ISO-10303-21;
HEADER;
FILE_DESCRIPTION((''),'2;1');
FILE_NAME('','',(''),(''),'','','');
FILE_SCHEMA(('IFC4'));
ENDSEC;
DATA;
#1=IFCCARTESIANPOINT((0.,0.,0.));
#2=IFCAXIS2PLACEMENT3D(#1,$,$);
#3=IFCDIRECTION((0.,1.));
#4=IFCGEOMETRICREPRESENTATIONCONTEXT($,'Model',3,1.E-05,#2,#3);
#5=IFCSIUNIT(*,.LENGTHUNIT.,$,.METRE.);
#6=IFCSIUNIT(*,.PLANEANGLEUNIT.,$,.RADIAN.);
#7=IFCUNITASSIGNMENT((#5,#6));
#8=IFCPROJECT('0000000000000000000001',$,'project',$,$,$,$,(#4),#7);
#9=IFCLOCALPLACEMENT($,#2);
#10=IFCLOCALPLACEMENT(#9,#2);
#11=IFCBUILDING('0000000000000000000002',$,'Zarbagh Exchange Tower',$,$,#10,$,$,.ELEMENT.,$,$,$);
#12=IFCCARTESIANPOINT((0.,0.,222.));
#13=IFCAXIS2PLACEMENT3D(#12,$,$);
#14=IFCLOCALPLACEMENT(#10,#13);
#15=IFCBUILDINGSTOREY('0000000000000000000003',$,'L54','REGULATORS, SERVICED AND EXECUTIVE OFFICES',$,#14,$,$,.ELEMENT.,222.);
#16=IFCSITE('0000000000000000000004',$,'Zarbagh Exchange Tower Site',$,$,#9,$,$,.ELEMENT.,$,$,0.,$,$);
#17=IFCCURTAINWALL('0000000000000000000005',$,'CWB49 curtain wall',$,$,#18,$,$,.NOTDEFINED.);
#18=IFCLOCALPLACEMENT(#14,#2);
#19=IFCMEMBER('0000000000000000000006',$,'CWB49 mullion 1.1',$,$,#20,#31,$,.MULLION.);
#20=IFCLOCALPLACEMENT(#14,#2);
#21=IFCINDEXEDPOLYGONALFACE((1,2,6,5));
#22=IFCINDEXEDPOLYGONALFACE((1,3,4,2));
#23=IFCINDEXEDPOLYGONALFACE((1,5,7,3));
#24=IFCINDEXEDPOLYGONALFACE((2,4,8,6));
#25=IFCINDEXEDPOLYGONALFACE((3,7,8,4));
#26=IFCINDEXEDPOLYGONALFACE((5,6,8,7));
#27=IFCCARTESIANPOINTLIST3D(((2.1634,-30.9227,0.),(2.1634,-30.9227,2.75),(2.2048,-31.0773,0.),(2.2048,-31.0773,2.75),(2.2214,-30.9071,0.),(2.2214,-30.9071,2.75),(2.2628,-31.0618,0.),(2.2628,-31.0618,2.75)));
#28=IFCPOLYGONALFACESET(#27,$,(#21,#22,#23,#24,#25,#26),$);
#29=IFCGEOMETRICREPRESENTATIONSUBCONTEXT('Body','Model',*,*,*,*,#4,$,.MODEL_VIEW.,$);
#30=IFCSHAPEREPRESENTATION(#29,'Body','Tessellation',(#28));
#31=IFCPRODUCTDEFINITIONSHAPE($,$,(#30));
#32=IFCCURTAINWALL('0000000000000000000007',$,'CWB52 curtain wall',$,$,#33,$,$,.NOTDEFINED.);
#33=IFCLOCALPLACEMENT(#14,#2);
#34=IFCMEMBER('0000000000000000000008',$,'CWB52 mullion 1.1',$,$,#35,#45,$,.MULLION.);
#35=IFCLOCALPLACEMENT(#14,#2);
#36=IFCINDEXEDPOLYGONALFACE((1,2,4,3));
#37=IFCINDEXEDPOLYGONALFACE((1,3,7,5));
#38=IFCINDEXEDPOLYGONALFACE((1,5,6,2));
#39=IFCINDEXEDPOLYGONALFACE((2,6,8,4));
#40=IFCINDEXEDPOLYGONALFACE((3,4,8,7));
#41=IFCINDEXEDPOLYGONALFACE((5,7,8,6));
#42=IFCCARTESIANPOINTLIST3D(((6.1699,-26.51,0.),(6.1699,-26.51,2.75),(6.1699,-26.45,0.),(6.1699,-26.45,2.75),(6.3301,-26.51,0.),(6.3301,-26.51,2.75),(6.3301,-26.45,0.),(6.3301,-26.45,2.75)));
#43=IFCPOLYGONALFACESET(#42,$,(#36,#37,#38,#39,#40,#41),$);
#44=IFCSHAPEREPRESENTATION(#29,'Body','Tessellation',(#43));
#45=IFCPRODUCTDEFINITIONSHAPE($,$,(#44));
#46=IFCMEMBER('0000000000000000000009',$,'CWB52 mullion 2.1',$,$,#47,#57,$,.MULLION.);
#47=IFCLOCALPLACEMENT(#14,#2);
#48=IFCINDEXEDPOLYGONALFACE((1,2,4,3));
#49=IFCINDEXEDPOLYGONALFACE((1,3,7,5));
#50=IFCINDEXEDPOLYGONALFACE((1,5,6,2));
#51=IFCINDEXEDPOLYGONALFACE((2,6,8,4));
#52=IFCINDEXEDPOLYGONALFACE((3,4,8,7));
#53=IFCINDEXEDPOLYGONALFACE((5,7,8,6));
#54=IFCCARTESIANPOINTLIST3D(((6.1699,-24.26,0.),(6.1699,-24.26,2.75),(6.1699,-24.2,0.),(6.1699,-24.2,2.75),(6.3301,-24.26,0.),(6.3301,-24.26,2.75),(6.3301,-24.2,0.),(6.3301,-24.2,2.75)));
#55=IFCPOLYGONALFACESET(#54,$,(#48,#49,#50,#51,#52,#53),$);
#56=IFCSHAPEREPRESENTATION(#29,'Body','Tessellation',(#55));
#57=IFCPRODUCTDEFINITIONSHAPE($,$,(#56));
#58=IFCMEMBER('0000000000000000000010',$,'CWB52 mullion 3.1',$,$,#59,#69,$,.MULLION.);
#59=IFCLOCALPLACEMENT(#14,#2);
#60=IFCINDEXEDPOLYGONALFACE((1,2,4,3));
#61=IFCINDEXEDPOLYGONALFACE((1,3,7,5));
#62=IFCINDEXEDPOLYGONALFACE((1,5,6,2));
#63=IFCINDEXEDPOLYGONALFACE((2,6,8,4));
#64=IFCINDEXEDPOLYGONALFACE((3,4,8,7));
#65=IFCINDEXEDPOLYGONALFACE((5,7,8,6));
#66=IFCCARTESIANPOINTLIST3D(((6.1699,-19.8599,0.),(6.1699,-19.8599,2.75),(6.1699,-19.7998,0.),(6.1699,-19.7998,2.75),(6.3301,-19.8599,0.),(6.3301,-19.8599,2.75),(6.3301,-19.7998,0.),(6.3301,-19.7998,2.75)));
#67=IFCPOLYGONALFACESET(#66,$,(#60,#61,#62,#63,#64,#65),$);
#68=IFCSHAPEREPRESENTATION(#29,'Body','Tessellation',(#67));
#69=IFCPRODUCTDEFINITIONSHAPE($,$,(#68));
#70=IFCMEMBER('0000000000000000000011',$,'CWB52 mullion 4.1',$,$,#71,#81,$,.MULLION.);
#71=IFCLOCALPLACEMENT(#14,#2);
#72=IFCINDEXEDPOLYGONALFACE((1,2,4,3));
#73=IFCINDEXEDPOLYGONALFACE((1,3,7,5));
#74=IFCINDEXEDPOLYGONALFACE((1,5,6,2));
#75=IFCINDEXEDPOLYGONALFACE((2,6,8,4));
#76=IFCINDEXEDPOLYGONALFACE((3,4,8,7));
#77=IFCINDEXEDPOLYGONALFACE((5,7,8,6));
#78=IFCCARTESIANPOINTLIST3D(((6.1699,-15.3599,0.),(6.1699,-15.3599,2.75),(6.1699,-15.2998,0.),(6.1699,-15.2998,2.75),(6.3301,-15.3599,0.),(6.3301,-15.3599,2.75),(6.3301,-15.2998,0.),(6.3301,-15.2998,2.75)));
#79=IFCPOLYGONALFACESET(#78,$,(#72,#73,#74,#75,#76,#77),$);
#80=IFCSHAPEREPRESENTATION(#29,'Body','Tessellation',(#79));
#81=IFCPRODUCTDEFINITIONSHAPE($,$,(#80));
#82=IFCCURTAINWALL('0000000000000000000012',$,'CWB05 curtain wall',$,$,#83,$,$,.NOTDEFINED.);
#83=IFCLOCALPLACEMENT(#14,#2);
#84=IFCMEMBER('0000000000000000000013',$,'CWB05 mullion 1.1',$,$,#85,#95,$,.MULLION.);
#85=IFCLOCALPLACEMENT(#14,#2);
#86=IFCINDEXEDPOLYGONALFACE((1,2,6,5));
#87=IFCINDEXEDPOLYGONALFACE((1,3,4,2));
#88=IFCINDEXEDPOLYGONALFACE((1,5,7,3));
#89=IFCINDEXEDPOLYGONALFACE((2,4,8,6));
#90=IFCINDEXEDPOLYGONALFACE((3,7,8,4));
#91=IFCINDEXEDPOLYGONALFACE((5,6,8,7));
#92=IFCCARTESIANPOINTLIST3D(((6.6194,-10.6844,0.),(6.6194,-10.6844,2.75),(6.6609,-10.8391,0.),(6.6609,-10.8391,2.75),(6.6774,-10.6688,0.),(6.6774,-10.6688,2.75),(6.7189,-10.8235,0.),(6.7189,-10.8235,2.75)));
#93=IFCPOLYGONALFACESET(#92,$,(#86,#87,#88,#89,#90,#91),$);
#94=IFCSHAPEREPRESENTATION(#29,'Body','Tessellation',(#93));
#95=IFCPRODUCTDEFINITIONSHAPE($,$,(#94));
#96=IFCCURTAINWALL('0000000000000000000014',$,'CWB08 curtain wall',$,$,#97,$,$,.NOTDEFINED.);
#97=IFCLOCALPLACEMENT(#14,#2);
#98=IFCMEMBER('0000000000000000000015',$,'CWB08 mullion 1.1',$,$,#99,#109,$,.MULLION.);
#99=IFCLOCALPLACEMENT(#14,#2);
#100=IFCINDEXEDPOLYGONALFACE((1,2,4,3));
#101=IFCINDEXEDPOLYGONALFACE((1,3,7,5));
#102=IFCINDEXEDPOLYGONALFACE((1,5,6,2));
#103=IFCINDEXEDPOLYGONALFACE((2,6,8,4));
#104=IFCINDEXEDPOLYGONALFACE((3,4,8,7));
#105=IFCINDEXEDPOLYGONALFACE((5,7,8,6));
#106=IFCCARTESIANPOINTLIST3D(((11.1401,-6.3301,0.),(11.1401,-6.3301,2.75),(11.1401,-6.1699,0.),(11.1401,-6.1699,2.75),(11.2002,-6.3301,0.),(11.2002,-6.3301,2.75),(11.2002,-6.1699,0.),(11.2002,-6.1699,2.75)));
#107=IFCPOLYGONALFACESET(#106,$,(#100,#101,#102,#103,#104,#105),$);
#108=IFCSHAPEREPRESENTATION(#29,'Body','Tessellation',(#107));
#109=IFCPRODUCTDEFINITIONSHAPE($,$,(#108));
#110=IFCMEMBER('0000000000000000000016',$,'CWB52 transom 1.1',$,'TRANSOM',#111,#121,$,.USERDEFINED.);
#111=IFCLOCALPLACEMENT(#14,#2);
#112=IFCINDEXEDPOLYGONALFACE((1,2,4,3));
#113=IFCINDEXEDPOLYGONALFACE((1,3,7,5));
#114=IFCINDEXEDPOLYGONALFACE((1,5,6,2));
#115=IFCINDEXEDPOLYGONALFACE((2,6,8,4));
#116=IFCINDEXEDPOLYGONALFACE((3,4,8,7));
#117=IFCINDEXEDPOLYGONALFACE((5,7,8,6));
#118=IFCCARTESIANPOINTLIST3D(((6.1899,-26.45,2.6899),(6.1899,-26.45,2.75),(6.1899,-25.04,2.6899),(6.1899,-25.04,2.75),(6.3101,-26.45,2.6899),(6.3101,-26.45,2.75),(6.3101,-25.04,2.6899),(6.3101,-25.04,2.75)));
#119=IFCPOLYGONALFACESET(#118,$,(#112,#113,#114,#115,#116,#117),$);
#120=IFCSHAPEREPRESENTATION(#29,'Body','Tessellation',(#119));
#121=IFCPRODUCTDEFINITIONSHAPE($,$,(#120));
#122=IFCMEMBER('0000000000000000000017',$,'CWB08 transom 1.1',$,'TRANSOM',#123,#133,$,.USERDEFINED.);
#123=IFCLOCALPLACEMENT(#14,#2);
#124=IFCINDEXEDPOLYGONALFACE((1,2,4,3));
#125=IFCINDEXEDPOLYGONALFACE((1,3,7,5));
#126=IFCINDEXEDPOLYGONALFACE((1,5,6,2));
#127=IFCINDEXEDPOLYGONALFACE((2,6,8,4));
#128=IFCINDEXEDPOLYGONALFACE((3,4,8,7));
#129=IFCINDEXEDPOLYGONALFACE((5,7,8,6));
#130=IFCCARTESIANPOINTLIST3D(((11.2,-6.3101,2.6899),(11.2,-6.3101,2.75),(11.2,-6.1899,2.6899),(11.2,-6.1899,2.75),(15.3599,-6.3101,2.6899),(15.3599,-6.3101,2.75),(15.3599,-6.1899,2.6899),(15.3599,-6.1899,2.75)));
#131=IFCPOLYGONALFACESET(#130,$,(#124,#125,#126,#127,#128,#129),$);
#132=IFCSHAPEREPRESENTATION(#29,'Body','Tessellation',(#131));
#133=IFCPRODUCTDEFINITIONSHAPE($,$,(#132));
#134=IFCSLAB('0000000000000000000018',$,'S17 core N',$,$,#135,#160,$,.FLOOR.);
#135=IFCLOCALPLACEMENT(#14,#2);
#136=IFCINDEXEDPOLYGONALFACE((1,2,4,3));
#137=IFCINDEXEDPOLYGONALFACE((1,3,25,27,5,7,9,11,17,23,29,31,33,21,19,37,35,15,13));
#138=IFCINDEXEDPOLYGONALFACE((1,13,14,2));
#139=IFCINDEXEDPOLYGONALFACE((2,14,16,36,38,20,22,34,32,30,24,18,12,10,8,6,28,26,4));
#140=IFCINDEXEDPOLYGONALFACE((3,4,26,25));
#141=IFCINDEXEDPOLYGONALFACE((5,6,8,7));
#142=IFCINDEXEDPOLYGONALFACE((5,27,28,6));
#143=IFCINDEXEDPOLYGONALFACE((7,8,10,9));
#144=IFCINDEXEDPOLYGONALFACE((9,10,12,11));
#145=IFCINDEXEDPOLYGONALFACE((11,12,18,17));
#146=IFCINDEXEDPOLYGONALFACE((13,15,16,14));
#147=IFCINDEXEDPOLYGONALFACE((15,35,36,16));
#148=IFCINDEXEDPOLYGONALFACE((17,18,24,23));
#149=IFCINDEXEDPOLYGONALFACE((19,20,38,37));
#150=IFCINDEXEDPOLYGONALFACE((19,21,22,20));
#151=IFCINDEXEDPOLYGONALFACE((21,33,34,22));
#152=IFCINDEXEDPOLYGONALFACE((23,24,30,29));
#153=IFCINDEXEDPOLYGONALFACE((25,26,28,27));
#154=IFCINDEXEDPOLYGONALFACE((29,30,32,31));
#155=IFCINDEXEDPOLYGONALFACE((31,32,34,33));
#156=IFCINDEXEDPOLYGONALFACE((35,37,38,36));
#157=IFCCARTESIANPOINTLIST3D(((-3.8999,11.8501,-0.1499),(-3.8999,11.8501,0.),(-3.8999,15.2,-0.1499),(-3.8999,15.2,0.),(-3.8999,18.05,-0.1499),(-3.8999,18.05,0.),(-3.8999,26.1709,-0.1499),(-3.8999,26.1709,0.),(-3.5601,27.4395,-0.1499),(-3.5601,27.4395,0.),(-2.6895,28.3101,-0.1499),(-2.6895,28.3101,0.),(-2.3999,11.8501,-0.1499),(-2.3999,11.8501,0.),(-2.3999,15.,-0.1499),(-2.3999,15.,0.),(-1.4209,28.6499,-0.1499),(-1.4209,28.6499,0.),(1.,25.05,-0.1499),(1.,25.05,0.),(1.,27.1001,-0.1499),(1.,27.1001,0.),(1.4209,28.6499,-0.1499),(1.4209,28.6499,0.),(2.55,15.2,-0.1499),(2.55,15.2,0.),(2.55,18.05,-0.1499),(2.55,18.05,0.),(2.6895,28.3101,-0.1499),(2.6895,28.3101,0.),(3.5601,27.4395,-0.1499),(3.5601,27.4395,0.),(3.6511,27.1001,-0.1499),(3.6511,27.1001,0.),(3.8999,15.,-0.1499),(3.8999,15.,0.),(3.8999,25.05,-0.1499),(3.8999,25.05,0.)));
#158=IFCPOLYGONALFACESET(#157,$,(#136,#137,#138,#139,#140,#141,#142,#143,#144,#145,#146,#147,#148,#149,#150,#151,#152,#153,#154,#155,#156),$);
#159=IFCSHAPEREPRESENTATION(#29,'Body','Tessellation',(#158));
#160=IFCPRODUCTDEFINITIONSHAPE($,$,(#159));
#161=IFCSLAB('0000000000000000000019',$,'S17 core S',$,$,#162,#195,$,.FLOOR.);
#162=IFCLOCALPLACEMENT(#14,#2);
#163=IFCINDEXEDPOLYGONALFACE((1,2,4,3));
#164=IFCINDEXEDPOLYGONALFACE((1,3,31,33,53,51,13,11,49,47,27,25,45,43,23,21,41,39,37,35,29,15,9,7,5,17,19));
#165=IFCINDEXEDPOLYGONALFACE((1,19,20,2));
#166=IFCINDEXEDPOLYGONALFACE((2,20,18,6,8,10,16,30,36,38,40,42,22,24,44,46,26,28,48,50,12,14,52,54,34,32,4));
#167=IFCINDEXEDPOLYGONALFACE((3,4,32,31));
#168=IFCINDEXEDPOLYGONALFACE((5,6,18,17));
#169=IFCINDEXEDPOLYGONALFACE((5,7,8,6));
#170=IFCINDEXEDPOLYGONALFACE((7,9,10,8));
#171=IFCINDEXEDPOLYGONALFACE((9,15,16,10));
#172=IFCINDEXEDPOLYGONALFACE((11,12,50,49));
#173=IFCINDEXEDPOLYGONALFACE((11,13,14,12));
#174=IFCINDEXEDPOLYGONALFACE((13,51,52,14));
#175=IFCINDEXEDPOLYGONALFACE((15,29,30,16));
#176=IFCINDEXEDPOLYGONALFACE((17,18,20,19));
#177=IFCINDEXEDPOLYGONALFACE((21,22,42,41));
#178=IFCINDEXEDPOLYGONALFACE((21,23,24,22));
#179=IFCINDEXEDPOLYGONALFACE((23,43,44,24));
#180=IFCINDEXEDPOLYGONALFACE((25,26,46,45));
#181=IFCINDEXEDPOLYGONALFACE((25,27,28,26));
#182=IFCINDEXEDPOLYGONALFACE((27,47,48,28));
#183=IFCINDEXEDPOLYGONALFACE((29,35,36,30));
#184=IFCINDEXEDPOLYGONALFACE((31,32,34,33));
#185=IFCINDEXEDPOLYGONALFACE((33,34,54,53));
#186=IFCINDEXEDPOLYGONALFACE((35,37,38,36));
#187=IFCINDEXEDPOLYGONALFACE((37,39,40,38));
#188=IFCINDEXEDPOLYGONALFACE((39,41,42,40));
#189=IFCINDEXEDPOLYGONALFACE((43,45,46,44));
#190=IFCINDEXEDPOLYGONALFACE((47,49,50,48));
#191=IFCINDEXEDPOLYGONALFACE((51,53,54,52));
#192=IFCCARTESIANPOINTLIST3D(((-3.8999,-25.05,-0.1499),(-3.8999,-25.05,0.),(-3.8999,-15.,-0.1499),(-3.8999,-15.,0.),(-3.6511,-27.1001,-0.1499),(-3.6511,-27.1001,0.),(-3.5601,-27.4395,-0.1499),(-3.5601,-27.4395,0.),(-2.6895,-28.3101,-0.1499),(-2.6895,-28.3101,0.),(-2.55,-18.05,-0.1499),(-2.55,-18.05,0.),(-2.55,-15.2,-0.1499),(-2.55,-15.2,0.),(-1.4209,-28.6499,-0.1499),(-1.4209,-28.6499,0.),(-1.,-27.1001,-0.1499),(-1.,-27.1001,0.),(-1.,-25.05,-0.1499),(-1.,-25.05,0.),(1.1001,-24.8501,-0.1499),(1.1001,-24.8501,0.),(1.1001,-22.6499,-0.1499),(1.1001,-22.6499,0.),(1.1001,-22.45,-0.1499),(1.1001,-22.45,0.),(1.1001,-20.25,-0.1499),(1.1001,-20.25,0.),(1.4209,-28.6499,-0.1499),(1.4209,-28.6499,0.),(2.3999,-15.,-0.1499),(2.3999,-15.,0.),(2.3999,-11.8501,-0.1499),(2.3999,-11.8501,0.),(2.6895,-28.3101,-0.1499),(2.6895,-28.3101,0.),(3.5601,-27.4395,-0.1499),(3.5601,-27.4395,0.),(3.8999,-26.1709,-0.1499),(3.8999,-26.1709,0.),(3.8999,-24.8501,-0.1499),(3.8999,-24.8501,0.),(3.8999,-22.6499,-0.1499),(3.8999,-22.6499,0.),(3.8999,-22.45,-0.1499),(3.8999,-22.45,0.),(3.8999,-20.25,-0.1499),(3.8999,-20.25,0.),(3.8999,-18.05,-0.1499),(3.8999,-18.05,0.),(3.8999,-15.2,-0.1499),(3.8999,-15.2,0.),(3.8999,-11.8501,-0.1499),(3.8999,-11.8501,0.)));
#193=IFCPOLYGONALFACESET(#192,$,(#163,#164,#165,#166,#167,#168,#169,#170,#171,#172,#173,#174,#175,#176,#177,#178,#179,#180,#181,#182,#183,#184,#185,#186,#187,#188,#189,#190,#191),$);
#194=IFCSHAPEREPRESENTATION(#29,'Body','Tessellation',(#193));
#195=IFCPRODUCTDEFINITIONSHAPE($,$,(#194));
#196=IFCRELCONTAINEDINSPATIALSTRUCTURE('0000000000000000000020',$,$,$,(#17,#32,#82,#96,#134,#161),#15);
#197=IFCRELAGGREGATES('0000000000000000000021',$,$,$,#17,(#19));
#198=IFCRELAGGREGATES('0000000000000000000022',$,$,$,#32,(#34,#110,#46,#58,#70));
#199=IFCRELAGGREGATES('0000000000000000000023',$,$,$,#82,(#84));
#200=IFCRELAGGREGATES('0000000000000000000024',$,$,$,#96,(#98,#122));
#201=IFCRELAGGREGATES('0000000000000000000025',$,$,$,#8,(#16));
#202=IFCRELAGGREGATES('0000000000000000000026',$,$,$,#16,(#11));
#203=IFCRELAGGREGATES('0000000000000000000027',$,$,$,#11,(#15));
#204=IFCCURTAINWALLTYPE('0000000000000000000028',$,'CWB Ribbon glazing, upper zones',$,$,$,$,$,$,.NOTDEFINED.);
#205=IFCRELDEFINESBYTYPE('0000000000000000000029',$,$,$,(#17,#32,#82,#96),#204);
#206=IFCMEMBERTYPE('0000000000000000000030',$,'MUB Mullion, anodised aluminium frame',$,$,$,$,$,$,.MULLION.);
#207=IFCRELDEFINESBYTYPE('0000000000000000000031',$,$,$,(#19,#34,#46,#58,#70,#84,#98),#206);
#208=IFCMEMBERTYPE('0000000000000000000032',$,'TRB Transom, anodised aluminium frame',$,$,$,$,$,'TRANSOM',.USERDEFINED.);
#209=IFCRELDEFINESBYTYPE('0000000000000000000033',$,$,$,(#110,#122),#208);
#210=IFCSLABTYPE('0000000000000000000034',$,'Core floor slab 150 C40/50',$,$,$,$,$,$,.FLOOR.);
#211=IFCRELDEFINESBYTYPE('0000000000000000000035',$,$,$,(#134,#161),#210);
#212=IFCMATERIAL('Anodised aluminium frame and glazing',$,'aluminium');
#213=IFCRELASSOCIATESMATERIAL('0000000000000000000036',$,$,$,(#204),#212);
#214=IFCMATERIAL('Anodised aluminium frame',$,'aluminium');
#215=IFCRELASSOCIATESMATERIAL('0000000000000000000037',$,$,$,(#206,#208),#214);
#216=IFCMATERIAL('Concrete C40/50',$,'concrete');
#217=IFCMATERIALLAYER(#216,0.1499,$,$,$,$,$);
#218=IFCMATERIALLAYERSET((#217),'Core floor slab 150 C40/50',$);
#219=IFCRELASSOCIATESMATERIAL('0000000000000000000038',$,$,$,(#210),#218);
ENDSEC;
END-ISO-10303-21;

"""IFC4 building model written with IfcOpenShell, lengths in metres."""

from ifc_helpers import new_model, si_unit, direction, frame, origin, place, context, subcontext, project, spatial, polyline, outline, extrude, source, transform, mapped, material, layer, layer_set, type_object, element, aggregate, save


model = new_model("IFC4")

# Units and contexts
model_context = context("Model", 3, precision=1e-05, world=origin(), true_north=direction((0.0, 1.0)))
body_context = subcontext(model_context, "Body", "Model", "MODEL_VIEW")
ifc_project = project(units=[si_unit("LENGTHUNIT", "METRE"), si_unit("PLANEANGLEUNIT", "RADIAN")], contexts=[model_context])

# Site, building, storey
site_placement = place(None, origin())
site = spatial("IfcSite", under=ifc_project, at=site_placement, Name="Zarbagh Exchange Tower Site", CompositionType="ELEMENT", RefElevation=0.0)
building_placement = place(site_placement, origin())
building = spatial("IfcBuilding", under=site, at=building_placement, Name="Zarbagh Exchange Tower", CompositionType="ELEMENT")
storey_placement = place(building_placement, frame((0.0, 0.0, 222.0)))
storey = spatial("IfcBuildingStorey", under=building, at=storey_placement, Name="L54", Description="REGULATORS, SERVICED AND EXECUTIVE OFFICES", CompositionType="ELEMENT", Elevation=222.0)

# Curtain wall, member
ifc_material_1 = material(Name="Anodised aluminium frame and glazing", Category="aluminium")
curtain_wall_type = type_object("IfcCurtainWallType", Name="CWB Ribbon glazing, upper zones", PredefinedType="NOTDEFINED", material=ifc_material_1)
curtain_wall_1_placement = place(storey_placement, origin())
curtain_wall_1 = element("IfcCurtainWall", 1, at=curtain_wall_1_placement, inside=storey, type_object=curtain_wall_type, Name="CWB49 curtain wall", PredefinedType="NOTDEFINED")
ifc_material_2 = material(Name="Anodised aluminium frame", Category="aluminium")
member_type_1 = type_object("IfcMemberType", Name="MUB Mullion, anodised aluminium frame", PredefinedType="MULLION", material=ifc_material_2)
shared_shape_1 = source(origin(), body_context, "Body", "SweptSolid", [
    extrude(outline(polyline([(0.0, -0.0801), (0.0601, -0.0801), (0.0601, 0.0801), (0.0, 0.0801), (0.0, -0.0801)])), origin(), (0.0, 0.0, 1.0), 2.75),
])
placement = place(storey_placement, origin())
member_1 = element("IfcMember", 2, at=placement, type_object=member_type_1, Name="CWB49 mullion 1.1", PredefinedType="MULLION", context=body_context, shape_type="MappedRepresentation", body=[
    mapped(shared_shape_1, transform((2.1841, -31.0, 0.0), x_axis=(0.965924, 0.258825, 0.0), y_axis=(-0.258825, 0.965924, 0.0), z_axis=(0.0, 0.0, 1.0))),
])

# Curtain wall, members
curtain_wall_2_placement = place(storey_placement, origin())
curtain_wall_2 = element("IfcCurtainWall", 3, at=curtain_wall_2_placement, inside=storey, type_object=curtain_wall_type, Name="CWB52 curtain wall", PredefinedType="NOTDEFINED")
member_2 = element("IfcMember", 4, at=placement, type_object=member_type_1, Name="CWB52 mullion 1.1", PredefinedType="MULLION", context=body_context, shape_type="MappedRepresentation", body=[
    mapped(shared_shape_1, transform((6.25, -26.51, 0.0), x_axis=(0.0, 1.0, 0.0), y_axis=(-1.0, 0.0, 0.0), z_axis=(0.0, 0.0, 1.0))),
])
member_3 = element("IfcMember", 5, at=placement, type_object=member_type_1, Name="CWB52 mullion 2.1", PredefinedType="MULLION", context=body_context, shape_type="MappedRepresentation", body=[
    mapped(shared_shape_1, transform((6.25, -24.26, 0.0), x_axis=(0.0, 1.0, 0.0), y_axis=(-1.0, 0.0, 0.0), z_axis=(0.0, 0.0, 1.0))),
])
member_4 = element("IfcMember", 6, at=placement, type_object=member_type_1, Name="CWB52 mullion 3.1", PredefinedType="MULLION", context=body_context, shape_type="MappedRepresentation", body=[
    mapped(shared_shape_1, transform((6.25, -19.8599, 0.0), x_axis=(0.0, 1.0, 0.0), y_axis=(-1.0, 0.0, 0.0), z_axis=(0.0, 0.0, 1.0))),
])
member_5 = element("IfcMember", 7, at=placement, type_object=member_type_1, Name="CWB52 mullion 4.1", PredefinedType="MULLION", context=body_context, shape_type="MappedRepresentation", body=[
    mapped(shared_shape_1, transform((6.25, -15.3599, 0.0), x_axis=(0.0, 1.0, 0.0), y_axis=(-1.0, 0.0, 0.0), z_axis=(0.0, 0.0, 1.0))),
])

# Curtain walls, members
curtain_wall_3_placement = place(storey_placement, origin())
curtain_wall_3 = element("IfcCurtainWall", 8, at=curtain_wall_3_placement, inside=storey, type_object=curtain_wall_type, Name="CWB05 curtain wall", PredefinedType="NOTDEFINED")
member_6 = element("IfcMember", 9, at=placement, type_object=member_type_1, Name="CWB05 mullion 1.1", PredefinedType="MULLION", context=body_context, shape_type="MappedRepresentation", body=[
    mapped(shared_shape_1, transform((6.6401, -10.7617, 0.0), x_axis=(0.965924, 0.258825, 0.0), y_axis=(-0.258825, 0.965924, 0.0), z_axis=(0.0, 0.0, 1.0))),
])
curtain_wall_4_placement = place(storey_placement, origin())
curtain_wall_4 = element("IfcCurtainWall", 10, at=curtain_wall_4_placement, inside=storey, type_object=curtain_wall_type, Name="CWB08 curtain wall", PredefinedType="NOTDEFINED")
member_7 = element("IfcMember", 11, at=placement, type_object=member_type_1, Name="CWB08 mullion 1.1", PredefinedType="MULLION", context=body_context, shape_type="MappedRepresentation", body=[
    mapped(shared_shape_1, transform((11.1401, -6.25, 0.0), x_axis=(1.0, 0.0, 0.0), y_axis=(0.0, 1.0, 0.0), z_axis=(0.0, 0.0, 1.0))),
])

# Members
member_type_2 = type_object("IfcMemberType", Name="TRB Transom, anodised aluminium frame", ElementType="TRANSOM", PredefinedType="USERDEFINED", material=ifc_material_2)
shared_shape_2 = source(origin(), body_context, "Body", "SweptSolid", [
    extrude(outline(polyline([(-0.0601, -0.0601), (0.0, -0.0601), (0.0, 0.0601), (-0.0601, 0.0601), (-0.0601, -0.0601)])), origin(), (0.0, 0.0, 1.0), 1.4099),
])
member_8 = element("IfcMember", 12, at=placement, type_object=member_type_2, Name="CWB52 transom 1.1", ObjectType="TRANSOM", PredefinedType="USERDEFINED", context=body_context, shape_type="MappedRepresentation", body=[
    mapped(shared_shape_2, transform((6.25, -26.45, 2.75), x_axis=(0.0, 0.0, 1.0), y_axis=(1.0, 0.0, 0.0), z_axis=(0.0, 1.0, 0.0))),
])
shared_shape_3 = source(origin(), body_context, "Body", "SweptSolid", [
    extrude(outline(polyline([(-0.0601, -0.0601), (0.0, -0.0601), (0.0, 0.0601), (-0.0601, 0.0601), (-0.0601, -0.0601)])), origin(), (0.0, 0.0, 1.0), 4.1599),
])
member_9 = element("IfcMember", 13, at=placement, type_object=member_type_2, Name="CWB08 transom 1.1", ObjectType="TRANSOM", PredefinedType="USERDEFINED", context=body_context, shape_type="MappedRepresentation", body=[
    mapped(shared_shape_3, transform((11.2, -6.25, 2.75), x_axis=(0.0, 0.0, 1.0), y_axis=(0.0, -1.0, 0.0), z_axis=(1.0, 0.0, 0.0))),
])

# Slabs
ifc_material_3 = material(Name="Concrete C40/50", Category="concrete")
ifc_layer_1 = layer(ifc_material_3, 0.1499)
ifc_layer_set_1 = layer_set([ifc_layer_1], Name="Core floor slab 150 C40/50")
slab_type = type_object("IfcSlabType", Name="Core floor slab 150 C40/50", PredefinedType="FLOOR", material=ifc_layer_set_1)
slab_1_placement = place(storey_placement, frame((0.0, 0.0, -0.1499)))
element("IfcSlab", 14, at=slab_1_placement, inside=storey, type_object=slab_type, Name="S17 core N", PredefinedType="FLOOR", context=body_context, shape_type="SweptSolid", body=[
    extrude(outline(polyline([(-3.8999, 11.8501), (-3.8999, 15.2), (2.55, 15.2), (2.55, 18.05), (-3.8999, 18.05), (-3.8999, 26.1709), (-3.5601, 27.4395), (-2.6895, 28.3101), (-1.4209, 28.6499), (1.4209, 28.6499), (2.6895, 28.3101), (3.5601, 27.4395), (3.6511, 27.1001), (1.0, 27.1001), (1.0, 25.05), (3.8999, 25.05), (3.8999, 15.0), (-2.3999, 15.0), (-2.3999, 11.8501), (-3.8999, 11.8501)])), origin(), (0.0, 0.0, 1.0), 0.1499),
])
slab_2_placement = place(storey_placement, frame((0.0, 0.0, -0.1499)))
element("IfcSlab", 15, at=slab_2_placement, inside=storey, type_object=slab_type, Name="S17 core S", PredefinedType="FLOOR", context=body_context, shape_type="SweptSolid", body=[
    extrude(outline(polyline([(-2.6895, -28.3101), (-3.5601, -27.4395), (-3.6511, -27.1001), (-1.0, -27.1001), (-1.0, -25.05), (-3.8999, -25.05), (-3.8999, -15.0), (2.3999, -15.0), (2.3999, -11.8501), (3.8999, -11.8501), (3.8999, -15.2), (-2.55, -15.2), (-2.55, -18.05), (3.8999, -18.05), (3.8999, -20.25), (1.1001, -20.25), (1.1001, -22.45), (3.8999, -22.45), (3.8999, -22.6499), (1.1001, -22.6499), (1.1001, -24.8501), (3.8999, -24.8501), (3.8999, -26.1709), (3.5601, -27.4395), (2.6895, -28.3101), (1.4209, -28.6499), (-1.4209, -28.6499), (-2.6895, -28.3101)])), origin(), (0.0, 0.0, 1.0), 0.1499),
])

aggregate(curtain_wall_1, [member_1])

aggregate(curtain_wall_2, [member_2, member_8, member_3, member_4, member_5])
aggregate(curtain_wall_3, [member_6])

aggregate(curtain_wall_4, [member_7, member_9])

save(model, "model.ifc")
